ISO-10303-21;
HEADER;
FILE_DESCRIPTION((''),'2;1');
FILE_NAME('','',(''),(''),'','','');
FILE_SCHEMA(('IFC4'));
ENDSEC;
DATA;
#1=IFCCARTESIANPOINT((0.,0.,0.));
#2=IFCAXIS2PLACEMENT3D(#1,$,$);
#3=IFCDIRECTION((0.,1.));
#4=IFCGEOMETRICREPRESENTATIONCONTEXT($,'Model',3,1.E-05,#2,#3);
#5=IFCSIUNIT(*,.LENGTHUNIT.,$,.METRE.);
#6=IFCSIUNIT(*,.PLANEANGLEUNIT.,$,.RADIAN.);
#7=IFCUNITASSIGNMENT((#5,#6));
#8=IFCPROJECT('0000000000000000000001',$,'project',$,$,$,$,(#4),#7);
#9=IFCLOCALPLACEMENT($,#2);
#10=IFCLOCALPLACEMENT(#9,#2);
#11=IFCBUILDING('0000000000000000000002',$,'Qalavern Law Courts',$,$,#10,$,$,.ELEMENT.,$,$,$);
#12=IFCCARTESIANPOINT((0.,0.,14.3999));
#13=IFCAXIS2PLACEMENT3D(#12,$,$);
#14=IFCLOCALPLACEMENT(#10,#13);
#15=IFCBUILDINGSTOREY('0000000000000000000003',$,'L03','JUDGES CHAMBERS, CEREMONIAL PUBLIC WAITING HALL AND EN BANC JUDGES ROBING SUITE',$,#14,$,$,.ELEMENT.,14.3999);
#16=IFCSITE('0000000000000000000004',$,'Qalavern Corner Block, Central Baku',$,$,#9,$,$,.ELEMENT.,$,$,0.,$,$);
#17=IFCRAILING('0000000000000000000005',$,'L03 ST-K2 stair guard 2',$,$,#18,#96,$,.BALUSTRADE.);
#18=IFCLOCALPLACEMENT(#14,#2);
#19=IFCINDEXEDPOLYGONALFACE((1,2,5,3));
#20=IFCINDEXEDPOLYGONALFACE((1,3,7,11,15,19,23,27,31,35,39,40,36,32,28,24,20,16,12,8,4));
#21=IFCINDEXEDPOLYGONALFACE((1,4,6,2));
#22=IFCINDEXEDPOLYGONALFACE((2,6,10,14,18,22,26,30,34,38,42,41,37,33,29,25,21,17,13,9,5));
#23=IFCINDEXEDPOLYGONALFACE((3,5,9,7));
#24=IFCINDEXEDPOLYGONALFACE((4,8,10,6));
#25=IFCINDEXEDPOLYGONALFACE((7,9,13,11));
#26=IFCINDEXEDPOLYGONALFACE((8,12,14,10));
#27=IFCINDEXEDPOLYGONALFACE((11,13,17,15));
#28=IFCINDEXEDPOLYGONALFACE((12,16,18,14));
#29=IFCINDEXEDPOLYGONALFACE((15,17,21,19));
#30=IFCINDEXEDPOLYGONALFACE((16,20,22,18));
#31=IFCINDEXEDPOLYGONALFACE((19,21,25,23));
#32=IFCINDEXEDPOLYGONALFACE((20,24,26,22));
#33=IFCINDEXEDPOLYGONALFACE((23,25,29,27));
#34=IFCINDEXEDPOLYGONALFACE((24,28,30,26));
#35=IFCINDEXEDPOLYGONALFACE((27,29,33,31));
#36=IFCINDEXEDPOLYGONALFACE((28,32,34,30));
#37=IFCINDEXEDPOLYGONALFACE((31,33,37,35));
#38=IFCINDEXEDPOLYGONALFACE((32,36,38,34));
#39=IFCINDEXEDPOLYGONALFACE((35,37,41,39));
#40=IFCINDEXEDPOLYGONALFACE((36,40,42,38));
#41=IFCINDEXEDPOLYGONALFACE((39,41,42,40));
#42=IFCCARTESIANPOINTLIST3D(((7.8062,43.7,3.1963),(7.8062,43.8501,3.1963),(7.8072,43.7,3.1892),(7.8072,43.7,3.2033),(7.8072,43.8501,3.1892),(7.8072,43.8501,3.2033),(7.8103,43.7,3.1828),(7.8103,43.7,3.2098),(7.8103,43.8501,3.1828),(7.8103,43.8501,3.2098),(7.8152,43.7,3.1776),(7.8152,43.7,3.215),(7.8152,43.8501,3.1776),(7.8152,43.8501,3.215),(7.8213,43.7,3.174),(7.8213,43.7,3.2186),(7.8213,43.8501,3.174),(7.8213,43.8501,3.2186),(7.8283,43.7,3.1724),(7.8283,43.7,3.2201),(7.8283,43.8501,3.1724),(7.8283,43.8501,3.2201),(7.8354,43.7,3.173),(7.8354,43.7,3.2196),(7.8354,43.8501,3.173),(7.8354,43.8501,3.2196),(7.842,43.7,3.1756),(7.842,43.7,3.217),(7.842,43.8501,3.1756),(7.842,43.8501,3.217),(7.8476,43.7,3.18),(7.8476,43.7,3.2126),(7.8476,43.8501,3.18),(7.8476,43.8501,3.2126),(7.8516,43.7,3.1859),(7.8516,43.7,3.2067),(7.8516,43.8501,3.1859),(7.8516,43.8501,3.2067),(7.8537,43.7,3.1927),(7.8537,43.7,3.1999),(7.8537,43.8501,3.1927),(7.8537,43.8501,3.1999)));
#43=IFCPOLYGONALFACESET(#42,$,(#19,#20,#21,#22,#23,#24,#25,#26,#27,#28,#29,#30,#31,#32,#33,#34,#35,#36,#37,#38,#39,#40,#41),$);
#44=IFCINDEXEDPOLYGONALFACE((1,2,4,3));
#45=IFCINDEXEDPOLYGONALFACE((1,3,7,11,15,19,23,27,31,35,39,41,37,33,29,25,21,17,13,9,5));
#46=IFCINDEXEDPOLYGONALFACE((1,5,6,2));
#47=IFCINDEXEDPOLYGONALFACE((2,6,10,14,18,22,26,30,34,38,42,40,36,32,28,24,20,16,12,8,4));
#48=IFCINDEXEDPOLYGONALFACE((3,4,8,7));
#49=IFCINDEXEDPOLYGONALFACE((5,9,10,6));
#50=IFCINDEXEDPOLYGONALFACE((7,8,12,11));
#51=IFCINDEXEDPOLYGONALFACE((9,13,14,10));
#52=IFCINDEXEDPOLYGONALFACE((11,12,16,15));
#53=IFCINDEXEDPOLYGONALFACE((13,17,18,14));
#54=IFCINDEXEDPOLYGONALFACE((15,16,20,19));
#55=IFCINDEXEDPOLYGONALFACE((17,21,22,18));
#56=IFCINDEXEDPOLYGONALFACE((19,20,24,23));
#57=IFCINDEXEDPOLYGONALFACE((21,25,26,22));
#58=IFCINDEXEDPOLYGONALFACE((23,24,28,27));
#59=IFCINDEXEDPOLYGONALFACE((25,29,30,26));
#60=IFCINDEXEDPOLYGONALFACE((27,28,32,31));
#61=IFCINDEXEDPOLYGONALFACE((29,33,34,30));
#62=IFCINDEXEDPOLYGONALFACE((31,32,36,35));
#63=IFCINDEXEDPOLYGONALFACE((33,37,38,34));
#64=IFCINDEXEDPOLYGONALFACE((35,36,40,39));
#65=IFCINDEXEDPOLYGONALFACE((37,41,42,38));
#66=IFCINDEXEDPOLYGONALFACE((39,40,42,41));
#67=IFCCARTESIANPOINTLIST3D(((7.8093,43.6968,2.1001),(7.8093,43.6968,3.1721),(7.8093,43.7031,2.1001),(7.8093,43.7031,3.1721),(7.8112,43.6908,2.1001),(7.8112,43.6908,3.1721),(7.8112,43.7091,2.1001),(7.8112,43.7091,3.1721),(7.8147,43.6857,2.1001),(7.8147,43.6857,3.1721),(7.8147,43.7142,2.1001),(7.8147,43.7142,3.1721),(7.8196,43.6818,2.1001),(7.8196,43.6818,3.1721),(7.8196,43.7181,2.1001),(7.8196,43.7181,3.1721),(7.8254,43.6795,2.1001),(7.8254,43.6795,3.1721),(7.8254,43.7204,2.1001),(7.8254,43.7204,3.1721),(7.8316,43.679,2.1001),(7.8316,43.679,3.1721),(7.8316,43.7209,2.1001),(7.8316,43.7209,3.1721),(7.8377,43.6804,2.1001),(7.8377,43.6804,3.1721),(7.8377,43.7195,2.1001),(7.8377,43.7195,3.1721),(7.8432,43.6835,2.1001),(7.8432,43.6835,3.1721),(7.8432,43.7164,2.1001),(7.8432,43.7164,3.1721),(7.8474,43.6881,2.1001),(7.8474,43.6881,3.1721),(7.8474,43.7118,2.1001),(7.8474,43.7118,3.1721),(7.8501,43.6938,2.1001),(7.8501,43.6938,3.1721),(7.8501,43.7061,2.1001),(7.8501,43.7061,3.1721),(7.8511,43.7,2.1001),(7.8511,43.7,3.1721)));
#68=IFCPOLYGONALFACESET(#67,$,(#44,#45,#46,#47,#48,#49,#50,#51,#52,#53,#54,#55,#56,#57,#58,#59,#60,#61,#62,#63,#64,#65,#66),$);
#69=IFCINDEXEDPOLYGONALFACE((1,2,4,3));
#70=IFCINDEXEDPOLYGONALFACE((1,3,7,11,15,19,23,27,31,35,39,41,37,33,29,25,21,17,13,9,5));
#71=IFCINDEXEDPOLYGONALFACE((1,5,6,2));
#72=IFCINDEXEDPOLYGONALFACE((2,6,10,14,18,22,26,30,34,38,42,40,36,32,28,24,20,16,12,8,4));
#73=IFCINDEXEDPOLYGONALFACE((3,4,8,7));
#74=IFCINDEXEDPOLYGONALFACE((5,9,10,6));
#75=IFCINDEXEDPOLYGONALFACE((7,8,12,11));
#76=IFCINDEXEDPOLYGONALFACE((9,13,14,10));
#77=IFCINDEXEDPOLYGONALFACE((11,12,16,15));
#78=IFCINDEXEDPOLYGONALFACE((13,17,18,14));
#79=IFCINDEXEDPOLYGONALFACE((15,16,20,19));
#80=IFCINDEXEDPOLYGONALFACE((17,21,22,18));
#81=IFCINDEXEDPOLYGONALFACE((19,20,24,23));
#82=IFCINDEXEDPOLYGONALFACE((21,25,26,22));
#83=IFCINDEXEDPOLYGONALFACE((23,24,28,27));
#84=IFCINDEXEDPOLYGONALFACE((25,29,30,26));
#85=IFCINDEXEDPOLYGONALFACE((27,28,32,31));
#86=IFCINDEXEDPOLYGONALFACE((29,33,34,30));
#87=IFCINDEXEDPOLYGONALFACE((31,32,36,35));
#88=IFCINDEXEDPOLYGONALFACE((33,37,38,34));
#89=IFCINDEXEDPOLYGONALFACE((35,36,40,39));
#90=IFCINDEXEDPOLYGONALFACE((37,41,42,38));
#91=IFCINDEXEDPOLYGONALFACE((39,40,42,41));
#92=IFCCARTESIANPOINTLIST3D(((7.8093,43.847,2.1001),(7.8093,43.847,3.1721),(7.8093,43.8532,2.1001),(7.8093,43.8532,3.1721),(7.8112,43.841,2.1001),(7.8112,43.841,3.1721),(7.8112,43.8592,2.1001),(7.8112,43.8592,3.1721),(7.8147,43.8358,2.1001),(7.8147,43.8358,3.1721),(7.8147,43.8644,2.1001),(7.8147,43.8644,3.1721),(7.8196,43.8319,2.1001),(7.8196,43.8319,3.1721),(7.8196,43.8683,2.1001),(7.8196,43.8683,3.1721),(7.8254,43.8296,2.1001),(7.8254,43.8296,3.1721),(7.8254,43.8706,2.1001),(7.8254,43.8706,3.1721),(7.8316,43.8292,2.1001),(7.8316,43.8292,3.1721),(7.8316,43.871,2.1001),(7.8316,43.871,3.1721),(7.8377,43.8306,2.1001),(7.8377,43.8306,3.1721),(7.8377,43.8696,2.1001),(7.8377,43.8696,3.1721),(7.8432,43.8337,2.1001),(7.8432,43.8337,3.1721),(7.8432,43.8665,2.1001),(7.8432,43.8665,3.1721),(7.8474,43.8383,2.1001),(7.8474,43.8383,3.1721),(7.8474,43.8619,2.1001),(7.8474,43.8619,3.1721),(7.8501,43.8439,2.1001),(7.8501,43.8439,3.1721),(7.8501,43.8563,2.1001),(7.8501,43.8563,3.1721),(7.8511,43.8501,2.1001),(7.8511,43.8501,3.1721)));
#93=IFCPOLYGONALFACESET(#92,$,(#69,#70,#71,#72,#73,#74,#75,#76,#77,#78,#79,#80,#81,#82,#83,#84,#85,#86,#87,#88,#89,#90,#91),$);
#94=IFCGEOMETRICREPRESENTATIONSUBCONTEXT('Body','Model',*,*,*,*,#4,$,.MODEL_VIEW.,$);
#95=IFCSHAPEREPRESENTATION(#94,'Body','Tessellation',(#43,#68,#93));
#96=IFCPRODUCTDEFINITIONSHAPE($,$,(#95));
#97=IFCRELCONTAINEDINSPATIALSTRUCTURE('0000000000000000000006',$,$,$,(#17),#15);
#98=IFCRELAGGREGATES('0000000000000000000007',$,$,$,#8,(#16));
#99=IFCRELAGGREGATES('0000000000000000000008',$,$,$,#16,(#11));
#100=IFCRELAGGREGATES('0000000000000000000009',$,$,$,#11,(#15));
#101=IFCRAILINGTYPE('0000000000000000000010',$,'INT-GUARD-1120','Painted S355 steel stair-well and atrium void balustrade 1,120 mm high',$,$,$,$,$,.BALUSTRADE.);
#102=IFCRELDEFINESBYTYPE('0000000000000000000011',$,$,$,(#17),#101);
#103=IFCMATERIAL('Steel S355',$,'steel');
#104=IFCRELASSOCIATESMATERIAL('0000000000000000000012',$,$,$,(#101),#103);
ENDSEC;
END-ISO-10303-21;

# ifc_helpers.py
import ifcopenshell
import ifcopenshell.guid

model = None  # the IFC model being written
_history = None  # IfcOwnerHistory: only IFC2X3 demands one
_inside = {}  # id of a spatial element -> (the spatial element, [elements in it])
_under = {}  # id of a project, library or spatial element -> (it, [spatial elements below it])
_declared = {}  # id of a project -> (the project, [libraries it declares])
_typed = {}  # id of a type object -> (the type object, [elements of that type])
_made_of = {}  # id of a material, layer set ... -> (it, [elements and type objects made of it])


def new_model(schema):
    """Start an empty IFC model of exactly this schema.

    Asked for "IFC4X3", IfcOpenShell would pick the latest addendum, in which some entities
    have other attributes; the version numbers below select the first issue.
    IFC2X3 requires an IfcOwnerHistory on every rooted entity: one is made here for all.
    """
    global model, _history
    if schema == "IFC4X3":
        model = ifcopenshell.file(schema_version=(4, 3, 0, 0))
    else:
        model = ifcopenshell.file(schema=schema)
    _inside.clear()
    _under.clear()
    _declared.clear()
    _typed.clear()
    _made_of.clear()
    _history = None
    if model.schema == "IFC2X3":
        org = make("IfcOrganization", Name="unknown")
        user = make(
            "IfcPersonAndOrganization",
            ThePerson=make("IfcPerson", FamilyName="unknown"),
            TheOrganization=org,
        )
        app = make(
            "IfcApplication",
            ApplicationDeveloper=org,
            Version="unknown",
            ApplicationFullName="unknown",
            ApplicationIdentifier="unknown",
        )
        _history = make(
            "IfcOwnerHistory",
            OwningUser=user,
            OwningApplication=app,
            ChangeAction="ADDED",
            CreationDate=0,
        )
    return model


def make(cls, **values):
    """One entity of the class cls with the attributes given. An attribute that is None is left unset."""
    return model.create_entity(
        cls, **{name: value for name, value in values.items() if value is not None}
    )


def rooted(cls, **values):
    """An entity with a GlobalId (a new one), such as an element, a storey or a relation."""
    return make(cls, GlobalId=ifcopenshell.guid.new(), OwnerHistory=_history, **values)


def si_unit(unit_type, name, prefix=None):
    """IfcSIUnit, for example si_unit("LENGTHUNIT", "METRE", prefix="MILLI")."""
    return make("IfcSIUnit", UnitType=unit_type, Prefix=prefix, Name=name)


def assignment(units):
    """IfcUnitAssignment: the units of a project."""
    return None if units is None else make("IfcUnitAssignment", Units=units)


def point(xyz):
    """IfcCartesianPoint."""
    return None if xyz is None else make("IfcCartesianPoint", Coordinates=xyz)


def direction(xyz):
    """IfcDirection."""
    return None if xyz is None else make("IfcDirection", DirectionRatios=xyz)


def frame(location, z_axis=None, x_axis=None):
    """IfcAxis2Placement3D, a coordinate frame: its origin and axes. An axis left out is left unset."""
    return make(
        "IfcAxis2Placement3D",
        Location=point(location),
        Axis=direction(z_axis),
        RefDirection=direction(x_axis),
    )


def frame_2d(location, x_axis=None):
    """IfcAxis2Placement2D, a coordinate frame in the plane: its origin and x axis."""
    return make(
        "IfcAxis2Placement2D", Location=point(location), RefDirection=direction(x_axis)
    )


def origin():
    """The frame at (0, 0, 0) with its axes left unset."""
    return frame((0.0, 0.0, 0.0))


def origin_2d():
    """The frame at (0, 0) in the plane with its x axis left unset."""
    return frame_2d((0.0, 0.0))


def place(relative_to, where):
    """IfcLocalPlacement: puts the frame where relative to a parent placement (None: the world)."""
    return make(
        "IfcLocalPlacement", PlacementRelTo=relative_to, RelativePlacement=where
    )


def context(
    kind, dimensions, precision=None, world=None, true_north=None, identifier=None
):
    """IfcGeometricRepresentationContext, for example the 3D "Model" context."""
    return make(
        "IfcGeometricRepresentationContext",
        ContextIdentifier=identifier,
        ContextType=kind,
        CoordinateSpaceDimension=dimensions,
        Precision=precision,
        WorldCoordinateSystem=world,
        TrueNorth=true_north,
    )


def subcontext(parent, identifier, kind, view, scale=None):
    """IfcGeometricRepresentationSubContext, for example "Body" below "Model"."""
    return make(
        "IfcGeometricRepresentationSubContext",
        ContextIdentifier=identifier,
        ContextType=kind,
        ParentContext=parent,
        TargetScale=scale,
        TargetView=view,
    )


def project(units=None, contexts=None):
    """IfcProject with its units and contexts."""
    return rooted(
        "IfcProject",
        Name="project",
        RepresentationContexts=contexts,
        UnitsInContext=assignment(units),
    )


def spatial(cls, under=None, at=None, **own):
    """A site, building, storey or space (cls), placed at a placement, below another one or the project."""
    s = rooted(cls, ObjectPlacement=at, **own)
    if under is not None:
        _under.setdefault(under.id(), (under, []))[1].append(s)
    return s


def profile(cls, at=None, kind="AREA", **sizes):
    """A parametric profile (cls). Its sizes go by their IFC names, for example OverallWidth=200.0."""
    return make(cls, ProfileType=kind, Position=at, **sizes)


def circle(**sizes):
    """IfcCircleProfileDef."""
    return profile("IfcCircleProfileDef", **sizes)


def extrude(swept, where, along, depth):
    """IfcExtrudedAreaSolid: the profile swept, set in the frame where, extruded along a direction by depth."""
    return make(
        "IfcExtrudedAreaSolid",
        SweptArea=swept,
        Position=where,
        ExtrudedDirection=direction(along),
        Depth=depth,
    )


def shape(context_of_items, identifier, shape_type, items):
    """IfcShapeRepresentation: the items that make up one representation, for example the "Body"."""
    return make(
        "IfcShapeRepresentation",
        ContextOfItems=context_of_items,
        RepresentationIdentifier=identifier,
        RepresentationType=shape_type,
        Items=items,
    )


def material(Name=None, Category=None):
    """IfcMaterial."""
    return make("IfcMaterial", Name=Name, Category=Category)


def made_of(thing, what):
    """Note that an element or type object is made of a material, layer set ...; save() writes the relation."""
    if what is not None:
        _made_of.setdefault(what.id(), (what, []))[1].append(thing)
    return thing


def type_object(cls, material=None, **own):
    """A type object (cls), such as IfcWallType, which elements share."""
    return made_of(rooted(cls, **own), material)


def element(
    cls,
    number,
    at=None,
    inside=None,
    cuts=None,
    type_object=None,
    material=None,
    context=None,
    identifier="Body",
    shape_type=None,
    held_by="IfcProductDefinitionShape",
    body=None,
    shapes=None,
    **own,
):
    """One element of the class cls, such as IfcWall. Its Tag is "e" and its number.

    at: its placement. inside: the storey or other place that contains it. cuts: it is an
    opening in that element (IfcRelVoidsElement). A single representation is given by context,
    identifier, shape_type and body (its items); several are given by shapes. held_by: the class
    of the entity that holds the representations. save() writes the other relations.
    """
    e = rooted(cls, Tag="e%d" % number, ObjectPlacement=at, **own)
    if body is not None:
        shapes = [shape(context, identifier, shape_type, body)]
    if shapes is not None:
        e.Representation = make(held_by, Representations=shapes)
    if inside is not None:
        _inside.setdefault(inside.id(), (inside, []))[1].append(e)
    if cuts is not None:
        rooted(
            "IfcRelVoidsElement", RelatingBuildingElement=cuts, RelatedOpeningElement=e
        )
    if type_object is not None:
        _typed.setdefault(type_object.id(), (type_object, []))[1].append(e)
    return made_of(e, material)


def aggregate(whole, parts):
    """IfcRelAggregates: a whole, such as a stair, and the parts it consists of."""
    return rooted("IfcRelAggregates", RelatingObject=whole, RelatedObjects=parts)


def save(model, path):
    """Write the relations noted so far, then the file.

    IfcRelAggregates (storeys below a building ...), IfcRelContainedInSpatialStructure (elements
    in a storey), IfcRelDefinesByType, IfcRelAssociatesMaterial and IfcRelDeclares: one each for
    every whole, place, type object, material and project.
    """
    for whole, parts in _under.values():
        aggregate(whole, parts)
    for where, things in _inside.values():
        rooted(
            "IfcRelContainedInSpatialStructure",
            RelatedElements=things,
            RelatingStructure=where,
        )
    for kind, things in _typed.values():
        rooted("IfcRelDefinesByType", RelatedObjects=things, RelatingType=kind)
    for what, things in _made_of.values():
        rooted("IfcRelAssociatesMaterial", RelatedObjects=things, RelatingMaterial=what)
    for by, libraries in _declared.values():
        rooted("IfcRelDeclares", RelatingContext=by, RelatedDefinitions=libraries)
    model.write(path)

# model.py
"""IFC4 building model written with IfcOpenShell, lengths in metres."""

from ifc_helpers import new_model, si_unit, direction, frame, origin, origin_2d, place, context, subcontext, project, spatial, circle, extrude, material, type_object, element, save


model = new_model("IFC4")

# Units and contexts
model_context = context("Model", 3, precision=1e-05, world=origin(), true_north=direction((0.0, 1.0)))
body_context = subcontext(model_context, "Body", "Model", "MODEL_VIEW")
ifc_project = project(units=[si_unit("LENGTHUNIT", "METRE"), si_unit("PLANEANGLEUNIT", "RADIAN")], contexts=[model_context])

# Site, building, storey
site_placement = place(None, origin())
site = spatial("IfcSite", under=ifc_project, at=site_placement, Name="Qalavern Corner Block, Central Baku", CompositionType="ELEMENT", RefElevation=0.0)
building_placement = place(site_placement, origin())
building = spatial("IfcBuilding", under=site, at=building_placement, Name="Qalavern Law Courts", CompositionType="ELEMENT")
storey_placement = place(building_placement, frame((0.0, 0.0, 14.3999)))
storey = spatial("IfcBuildingStorey", under=building, at=storey_placement, Name="L03", Description="JUDGES CHAMBERS, CEREMONIAL PUBLIC WAITING HALL AND EN BANC JUDGES ROBING SUITE", CompositionType="ELEMENT", Elevation=14.3999)

# Shared definitions
ifc_material_1 = material(Name="Steel S355", Category="steel")

# Railing
railing_type_1 = type_object("IfcRailingType", Name="INT-GUARD-1120", Description="Painted S355 steel stair-well and atrium void balustrade 1,120 mm high", PredefinedType="BALUSTRADE", material=ifc_material_1)
railing_1_placement = place(storey_placement, frame((7.8301, 43.7, 2.1001)))
element("IfcRailing", 1, at=railing_1_placement, inside=storey, type_object=railing_type_1, Name="L03 ST-K2 stair guard 2", PredefinedType="BALUSTRADE", context=body_context, shape_type="SweptSolid", body=[
    extrude(circle(Radius=0.0239, at=origin_2d()), frame((0.0, 0.0, 1.0962), z_axis=(0.0, 1.0, 0.0), x_axis=(-1.0, 0.0, 0.0)), (0.0, 0.0, 1.0), 0.1501),
    extrude(circle(Radius=0.021, at=origin_2d()), origin(), (0.0, 0.0, 1.0), 1.072),
    extrude(circle(Radius=0.021, at=origin_2d()), frame((0.0, 0.1501, 0.0)), (0.0, 0.0, 1.0), 1.072),
])

save(model, "model.ifc")
